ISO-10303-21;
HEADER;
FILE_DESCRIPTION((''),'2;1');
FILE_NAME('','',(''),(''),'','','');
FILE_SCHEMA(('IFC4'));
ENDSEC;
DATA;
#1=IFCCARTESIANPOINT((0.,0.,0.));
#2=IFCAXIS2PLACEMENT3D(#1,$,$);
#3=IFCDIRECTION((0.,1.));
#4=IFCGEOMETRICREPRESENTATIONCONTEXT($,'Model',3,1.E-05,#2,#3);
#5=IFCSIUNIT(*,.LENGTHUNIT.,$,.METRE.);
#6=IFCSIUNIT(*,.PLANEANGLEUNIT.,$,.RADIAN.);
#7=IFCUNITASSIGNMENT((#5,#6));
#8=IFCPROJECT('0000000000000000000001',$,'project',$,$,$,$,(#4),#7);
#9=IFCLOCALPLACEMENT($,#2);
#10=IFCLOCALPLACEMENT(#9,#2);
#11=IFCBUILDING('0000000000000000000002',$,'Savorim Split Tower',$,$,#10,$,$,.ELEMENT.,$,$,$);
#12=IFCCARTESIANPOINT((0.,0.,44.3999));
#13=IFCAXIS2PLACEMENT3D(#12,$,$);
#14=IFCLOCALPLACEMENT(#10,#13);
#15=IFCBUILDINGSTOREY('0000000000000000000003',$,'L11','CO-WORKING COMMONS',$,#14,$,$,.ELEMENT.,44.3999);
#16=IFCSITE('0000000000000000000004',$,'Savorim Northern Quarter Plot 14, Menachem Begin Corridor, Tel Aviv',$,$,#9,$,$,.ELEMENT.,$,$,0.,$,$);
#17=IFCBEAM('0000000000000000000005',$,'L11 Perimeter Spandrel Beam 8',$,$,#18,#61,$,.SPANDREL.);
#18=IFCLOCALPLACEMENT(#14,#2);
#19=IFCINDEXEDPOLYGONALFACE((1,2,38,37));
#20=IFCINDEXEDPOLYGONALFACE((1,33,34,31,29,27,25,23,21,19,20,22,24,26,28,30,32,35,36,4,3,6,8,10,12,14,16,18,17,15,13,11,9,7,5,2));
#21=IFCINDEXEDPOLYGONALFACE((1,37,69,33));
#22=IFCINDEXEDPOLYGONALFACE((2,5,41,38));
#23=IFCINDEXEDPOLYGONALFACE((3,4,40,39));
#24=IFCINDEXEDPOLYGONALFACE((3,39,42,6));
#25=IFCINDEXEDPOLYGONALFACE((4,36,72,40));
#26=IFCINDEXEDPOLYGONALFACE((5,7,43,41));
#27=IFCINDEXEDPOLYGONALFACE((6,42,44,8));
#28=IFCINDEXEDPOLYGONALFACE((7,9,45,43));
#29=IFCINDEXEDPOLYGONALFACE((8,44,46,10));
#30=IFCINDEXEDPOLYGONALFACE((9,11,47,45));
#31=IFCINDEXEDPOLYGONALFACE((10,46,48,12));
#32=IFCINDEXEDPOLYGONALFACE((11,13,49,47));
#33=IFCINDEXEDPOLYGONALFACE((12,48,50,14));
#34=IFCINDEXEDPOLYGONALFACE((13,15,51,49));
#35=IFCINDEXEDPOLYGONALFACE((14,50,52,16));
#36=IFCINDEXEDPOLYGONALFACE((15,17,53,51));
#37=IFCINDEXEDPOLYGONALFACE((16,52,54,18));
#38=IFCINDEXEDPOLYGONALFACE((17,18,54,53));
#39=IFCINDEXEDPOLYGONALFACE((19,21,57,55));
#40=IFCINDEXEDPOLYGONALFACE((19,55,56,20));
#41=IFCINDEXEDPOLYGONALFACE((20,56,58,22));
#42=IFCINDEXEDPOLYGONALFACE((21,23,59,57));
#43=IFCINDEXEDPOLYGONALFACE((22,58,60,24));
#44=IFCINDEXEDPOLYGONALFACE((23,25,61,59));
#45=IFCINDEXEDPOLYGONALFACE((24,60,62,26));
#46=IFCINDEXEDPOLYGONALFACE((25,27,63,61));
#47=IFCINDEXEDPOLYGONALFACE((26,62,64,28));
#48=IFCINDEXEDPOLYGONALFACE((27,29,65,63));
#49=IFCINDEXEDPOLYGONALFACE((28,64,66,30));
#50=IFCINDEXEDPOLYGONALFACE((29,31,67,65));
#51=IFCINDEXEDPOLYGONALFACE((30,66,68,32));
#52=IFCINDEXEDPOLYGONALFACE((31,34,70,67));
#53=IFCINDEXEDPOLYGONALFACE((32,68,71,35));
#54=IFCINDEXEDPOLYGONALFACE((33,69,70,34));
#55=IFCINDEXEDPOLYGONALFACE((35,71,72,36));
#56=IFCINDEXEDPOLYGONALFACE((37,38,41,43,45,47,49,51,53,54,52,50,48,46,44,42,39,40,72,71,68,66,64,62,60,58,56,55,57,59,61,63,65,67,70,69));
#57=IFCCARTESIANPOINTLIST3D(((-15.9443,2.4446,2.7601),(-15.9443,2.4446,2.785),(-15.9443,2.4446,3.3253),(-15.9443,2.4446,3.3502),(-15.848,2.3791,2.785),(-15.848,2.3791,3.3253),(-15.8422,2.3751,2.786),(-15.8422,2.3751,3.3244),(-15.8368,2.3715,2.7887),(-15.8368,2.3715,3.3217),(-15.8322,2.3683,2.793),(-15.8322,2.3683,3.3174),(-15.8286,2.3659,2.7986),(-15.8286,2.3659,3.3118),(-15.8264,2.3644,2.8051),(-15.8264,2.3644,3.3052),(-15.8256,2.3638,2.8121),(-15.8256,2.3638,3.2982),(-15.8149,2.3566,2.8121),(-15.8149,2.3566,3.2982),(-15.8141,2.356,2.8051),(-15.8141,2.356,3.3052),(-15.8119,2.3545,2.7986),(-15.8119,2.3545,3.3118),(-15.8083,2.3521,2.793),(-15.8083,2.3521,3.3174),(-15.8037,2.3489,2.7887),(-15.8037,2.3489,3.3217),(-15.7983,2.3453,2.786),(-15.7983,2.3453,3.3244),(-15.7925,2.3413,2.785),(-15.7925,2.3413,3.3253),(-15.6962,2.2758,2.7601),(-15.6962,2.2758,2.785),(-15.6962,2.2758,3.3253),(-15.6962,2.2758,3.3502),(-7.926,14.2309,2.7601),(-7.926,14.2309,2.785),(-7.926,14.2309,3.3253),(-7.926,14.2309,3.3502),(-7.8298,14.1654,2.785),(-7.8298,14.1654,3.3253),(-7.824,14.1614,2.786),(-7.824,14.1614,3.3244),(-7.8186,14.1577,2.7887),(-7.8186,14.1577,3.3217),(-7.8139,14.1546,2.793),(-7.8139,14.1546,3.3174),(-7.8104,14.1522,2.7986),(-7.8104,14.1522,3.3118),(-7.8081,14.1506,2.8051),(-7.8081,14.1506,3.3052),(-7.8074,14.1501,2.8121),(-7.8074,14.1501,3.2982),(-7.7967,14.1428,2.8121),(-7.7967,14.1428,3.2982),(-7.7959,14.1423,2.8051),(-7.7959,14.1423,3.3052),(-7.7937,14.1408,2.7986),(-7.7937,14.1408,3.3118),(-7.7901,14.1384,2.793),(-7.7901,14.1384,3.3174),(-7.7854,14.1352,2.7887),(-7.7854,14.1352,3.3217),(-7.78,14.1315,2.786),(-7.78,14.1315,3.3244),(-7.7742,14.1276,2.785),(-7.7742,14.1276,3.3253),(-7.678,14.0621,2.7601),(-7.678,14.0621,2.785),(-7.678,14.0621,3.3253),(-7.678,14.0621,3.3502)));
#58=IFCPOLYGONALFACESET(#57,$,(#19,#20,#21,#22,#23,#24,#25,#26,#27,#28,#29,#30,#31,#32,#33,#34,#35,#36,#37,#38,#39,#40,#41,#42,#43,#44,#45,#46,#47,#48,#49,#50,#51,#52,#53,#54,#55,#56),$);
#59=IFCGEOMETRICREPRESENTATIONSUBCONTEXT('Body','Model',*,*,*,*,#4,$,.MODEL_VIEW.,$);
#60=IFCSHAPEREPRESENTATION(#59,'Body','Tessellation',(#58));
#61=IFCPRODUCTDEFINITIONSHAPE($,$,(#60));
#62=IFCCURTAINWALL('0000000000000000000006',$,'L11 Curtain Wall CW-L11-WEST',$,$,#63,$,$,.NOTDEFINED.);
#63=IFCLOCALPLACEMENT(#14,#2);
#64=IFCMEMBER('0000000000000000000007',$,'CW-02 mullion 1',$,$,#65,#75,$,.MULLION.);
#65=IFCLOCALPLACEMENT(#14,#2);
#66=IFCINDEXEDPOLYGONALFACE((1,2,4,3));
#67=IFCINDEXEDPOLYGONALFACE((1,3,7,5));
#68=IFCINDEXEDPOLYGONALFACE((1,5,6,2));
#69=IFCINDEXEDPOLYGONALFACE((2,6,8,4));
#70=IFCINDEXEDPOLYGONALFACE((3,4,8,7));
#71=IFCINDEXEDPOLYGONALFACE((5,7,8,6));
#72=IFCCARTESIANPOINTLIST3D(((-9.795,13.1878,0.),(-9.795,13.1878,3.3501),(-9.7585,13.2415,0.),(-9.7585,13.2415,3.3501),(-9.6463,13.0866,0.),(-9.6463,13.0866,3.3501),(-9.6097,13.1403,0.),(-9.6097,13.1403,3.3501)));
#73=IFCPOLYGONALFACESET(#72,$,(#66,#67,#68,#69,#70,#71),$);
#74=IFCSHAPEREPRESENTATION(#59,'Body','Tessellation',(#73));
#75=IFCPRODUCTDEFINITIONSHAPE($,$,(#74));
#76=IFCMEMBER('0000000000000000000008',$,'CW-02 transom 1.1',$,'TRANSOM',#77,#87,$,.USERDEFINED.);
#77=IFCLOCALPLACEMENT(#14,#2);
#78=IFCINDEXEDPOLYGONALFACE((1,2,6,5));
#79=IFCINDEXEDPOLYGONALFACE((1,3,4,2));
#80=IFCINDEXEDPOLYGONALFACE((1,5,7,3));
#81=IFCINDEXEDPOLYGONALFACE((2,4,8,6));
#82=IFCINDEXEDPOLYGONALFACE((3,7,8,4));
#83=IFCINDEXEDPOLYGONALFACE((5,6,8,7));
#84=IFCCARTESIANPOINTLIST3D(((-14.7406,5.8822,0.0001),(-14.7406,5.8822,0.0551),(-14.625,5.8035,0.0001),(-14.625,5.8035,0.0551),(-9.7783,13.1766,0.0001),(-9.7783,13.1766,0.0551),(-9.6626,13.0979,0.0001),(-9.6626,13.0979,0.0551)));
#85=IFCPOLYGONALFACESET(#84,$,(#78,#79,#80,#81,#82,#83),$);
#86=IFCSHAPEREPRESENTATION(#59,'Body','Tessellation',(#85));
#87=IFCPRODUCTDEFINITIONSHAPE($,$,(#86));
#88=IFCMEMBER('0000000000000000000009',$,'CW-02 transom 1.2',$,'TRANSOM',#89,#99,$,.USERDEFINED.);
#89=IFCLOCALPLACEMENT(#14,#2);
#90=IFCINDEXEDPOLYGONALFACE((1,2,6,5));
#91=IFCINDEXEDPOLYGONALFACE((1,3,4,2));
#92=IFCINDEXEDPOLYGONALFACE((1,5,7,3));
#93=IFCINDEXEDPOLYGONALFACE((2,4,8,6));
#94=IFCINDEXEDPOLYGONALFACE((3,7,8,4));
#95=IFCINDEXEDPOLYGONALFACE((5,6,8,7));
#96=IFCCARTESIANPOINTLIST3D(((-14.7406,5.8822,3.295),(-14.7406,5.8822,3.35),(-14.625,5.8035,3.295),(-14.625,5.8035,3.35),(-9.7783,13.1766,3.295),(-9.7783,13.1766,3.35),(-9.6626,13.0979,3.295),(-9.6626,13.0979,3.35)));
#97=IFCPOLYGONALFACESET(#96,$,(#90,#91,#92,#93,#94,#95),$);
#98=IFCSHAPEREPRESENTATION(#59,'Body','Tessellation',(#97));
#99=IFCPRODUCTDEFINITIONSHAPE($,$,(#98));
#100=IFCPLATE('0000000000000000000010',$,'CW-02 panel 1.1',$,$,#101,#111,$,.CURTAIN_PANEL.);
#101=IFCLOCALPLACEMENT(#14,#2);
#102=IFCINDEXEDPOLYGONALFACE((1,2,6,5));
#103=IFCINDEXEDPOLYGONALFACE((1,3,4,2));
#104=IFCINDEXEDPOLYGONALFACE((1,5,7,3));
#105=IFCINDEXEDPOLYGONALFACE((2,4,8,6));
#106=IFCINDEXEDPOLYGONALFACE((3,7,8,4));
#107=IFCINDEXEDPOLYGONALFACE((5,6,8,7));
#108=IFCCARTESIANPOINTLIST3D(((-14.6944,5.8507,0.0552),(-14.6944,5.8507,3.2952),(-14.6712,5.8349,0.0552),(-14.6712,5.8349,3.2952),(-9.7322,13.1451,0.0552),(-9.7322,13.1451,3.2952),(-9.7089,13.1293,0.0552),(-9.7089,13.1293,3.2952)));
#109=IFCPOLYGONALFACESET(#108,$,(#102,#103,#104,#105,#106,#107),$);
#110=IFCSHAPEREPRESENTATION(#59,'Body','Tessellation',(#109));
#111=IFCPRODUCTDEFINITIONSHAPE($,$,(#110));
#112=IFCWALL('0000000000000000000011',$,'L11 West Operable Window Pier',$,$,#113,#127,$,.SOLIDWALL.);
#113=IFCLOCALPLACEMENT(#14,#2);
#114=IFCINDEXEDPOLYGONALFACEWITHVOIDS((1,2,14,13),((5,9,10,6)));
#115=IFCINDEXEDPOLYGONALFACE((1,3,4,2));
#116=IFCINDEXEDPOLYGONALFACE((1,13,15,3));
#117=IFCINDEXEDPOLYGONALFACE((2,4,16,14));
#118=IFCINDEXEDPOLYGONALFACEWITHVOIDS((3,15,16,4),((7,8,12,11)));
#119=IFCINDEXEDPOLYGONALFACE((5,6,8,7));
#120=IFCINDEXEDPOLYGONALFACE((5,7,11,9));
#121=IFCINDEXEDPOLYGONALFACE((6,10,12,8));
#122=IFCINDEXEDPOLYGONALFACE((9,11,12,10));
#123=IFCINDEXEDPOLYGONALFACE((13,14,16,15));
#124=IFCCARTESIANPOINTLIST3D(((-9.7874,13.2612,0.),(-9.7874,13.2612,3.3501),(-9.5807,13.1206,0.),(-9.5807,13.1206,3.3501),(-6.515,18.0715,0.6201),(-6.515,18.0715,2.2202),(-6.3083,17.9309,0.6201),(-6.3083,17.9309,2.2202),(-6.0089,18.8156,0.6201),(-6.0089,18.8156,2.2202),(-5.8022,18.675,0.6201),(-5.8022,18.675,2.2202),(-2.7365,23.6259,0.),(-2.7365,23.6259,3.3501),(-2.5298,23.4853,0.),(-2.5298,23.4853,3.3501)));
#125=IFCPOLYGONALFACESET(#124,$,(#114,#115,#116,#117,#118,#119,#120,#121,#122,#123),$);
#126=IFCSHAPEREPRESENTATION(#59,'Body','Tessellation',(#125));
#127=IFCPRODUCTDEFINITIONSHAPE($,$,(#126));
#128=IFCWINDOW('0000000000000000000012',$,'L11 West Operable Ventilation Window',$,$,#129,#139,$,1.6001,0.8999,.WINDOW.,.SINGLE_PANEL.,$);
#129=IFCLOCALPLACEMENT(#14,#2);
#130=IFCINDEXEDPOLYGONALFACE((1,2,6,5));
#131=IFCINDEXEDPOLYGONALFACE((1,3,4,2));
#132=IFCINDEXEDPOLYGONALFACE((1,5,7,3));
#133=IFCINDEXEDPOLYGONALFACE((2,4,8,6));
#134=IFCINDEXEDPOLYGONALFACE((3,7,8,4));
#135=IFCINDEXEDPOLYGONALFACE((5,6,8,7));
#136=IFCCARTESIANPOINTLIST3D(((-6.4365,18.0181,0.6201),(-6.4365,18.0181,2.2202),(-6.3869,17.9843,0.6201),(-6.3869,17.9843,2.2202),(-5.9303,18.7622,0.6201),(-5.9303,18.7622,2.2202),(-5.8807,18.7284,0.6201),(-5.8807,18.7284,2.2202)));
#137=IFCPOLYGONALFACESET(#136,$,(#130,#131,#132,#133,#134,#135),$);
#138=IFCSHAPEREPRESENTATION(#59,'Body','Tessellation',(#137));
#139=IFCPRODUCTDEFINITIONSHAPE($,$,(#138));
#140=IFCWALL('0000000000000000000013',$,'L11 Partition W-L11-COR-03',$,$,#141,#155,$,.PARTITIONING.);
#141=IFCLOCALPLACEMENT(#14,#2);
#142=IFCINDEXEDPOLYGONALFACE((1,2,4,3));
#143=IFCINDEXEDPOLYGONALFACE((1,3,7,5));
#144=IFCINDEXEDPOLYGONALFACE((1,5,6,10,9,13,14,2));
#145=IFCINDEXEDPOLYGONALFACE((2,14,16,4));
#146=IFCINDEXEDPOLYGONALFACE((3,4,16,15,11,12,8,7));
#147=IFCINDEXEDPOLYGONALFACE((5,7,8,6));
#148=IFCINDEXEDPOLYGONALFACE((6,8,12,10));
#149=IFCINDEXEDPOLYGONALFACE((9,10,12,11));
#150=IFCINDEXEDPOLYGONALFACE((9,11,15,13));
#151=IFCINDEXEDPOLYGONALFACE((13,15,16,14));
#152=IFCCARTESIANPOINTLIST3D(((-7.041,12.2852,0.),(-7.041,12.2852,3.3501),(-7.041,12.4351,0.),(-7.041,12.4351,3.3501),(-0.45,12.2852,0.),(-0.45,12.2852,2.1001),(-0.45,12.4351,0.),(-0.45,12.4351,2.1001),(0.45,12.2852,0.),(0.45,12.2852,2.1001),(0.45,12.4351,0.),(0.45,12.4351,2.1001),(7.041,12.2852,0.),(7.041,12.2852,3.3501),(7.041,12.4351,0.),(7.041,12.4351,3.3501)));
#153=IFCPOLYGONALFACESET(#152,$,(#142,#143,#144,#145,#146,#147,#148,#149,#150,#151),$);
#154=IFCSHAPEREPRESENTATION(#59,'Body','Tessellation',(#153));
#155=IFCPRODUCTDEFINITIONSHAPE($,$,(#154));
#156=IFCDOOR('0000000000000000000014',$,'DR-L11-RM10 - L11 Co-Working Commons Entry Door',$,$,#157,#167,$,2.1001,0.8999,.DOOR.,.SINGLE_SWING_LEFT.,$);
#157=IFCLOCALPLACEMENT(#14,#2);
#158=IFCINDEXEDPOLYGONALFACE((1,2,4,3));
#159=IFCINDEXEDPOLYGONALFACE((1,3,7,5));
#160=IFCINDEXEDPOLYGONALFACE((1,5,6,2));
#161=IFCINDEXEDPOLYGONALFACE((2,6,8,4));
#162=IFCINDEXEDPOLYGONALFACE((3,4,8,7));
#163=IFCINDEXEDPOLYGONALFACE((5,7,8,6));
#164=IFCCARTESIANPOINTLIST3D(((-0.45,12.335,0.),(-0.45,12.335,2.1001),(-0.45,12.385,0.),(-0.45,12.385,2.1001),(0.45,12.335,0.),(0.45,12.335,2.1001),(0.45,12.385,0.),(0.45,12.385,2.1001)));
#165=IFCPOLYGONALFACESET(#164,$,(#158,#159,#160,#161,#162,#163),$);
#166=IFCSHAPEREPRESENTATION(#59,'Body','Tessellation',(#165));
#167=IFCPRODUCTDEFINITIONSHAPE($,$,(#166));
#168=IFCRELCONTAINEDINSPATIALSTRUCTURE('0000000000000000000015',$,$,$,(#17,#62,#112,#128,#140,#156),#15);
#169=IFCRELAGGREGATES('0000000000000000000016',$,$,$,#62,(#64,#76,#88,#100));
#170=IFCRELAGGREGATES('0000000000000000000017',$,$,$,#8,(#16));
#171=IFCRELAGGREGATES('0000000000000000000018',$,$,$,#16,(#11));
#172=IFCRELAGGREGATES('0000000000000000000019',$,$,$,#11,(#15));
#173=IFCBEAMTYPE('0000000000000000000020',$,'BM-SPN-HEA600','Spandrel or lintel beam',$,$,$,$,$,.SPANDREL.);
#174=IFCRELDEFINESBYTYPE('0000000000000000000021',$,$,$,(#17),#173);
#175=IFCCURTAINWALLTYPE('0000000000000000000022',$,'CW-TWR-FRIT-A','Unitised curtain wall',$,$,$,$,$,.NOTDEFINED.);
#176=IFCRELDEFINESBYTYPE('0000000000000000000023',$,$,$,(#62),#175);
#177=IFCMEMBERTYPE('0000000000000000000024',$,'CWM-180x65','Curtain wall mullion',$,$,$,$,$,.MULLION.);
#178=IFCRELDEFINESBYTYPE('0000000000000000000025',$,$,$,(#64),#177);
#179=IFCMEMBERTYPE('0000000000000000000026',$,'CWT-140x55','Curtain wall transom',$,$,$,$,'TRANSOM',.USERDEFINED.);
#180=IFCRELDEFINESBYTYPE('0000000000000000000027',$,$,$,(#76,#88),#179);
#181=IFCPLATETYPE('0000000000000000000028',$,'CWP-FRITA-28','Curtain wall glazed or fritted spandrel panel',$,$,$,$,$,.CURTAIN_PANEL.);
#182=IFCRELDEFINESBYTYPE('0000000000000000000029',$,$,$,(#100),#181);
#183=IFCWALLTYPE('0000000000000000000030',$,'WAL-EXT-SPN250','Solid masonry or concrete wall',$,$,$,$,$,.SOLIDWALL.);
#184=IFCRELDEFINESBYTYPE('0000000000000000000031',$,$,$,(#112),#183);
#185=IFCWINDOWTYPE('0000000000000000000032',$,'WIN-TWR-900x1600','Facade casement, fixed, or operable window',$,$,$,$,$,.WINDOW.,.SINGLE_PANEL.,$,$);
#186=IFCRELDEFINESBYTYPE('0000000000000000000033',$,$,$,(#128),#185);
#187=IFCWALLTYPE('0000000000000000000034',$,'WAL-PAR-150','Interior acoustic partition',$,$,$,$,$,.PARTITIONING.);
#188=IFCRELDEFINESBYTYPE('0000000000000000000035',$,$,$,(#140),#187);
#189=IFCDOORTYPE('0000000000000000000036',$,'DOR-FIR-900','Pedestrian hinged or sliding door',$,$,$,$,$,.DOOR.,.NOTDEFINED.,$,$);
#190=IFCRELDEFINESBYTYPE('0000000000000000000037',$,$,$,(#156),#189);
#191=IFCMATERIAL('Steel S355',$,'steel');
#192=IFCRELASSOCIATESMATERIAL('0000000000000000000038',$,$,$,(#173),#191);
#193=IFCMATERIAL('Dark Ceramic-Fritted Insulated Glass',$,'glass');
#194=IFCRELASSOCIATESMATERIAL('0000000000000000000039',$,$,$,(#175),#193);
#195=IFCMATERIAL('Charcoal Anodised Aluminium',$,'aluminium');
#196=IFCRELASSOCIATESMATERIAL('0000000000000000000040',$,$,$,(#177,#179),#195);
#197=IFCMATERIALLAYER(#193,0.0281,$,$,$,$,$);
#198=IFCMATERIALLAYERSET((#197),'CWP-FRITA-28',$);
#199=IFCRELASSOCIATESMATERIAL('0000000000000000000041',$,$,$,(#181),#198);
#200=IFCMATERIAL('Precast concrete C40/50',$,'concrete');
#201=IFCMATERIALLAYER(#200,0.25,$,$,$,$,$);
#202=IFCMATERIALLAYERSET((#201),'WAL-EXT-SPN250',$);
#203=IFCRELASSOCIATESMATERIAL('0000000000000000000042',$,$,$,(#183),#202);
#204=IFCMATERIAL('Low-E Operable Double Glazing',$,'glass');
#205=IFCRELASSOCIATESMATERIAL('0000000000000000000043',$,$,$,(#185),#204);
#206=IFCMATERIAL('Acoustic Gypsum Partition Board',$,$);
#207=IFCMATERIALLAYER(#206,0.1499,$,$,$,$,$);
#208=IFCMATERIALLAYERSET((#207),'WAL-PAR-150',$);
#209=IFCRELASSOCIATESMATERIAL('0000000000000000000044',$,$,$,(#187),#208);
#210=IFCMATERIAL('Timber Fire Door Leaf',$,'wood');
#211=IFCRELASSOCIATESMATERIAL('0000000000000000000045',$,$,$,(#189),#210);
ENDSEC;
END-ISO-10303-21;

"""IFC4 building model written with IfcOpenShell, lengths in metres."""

from ifc_helpers import new_model, si_unit, direction, frame, frame_2d, origin, origin_2d, place, context, subcontext, project, spatial, rectangle, i_section, extrude, material, layer, layer_set, material_profile, profile_set, type_object, element, fill, aggregate, save


model = new_model("IFC4")

# Units and contexts
model_context = context("Model", 3, precision=1e-05, world=origin(), true_north=direction((0.0, 1.0)))
body_context = subcontext(model_context, "Body", "Model", "MODEL_VIEW")
ifc_project = project(units=[si_unit("LENGTHUNIT", "METRE"), si_unit("PLANEANGLEUNIT", "RADIAN")], contexts=[model_context])

# Site, building, storey
site_placement = place(None, origin())
site = spatial("IfcSite", under=ifc_project, at=site_placement, Name="Savorim Northern Quarter Plot 14, Menachem Begin Corridor, Tel Aviv", CompositionType="ELEMENT", RefElevation=0.0)
building_placement = place(site_placement, origin())
building = spatial("IfcBuilding", under=site, at=building_placement, Name="Savorim Split Tower", CompositionType="ELEMENT")
storey_placement = place(building_placement, frame((0.0, 0.0, 44.3999)))
storey = spatial("IfcBuildingStorey", under=building, at=storey_placement, Name="L11", Description="CO-WORKING COMMONS", CompositionType="ELEMENT", Elevation=44.3999)

# Beam
ifc_material_1 = material(Name="Steel S355", Category="steel")
ifc_material_profile_1 = material_profile(ifc_material_1, i_section(OverallWidth=0.3, OverallDepth=0.5901, WebThickness=0.0129, FlangeThickness=0.0249, FilletRadius=0.0271, at=origin_2d()), Name="HEA 600")
ifc_profile_set_1 = profile_set([ifc_material_profile_1], Name="Steel S355")
beam_type_1 = type_object("IfcBeamType", Name="BM-SPN-HEA600", Description="Spandrel or lintel beam", PredefinedType="SPANDREL", material=ifc_profile_set_1)
beam_1_placement = place(storey_placement, frame((-7.802, 14.1465, 3.0552), z_axis=(-0.562481, -0.82681, 0.0), x_axis=(0.82681, -0.562481, 0.0)))
element("IfcBeam", 1, at=beam_1_placement, inside=storey, type_object=beam_type_1, Name="L11 Perimeter Spandrel Beam 8", PredefinedType="SPANDREL", context=body_context, shape_type="SweptSolid", body=[
    extrude(i_section(OverallWidth=0.3, OverallDepth=0.5901, WebThickness=0.0129, FlangeThickness=0.0249, FilletRadius=0.0271, at=origin_2d()), origin(), (0.0, 0.0, 1.0), 14.2551),
])

# Curtain wall, members, plate
ifc_material_2 = material(Name="Dark Ceramic-Fritted Insulated Glass", Category="glass")
curtain_wall_type = type_object("IfcCurtainWallType", Name="CW-TWR-FRIT-A", Description="Unitised curtain wall", PredefinedType="NOTDEFINED", material=ifc_material_2)
curtain_wall_placement = place(storey_placement, origin())
curtain_wall = element("IfcCurtainWall", 2, at=curtain_wall_placement, inside=storey, type_object=curtain_wall_type, Name="L11 Curtain Wall CW-L11-WEST", PredefinedType="NOTDEFINED")
ifc_material_3 = material(Name="Charcoal Anodised Aluminium", Category="aluminium")
ifc_material_profile_2 = material_profile(ifc_material_3, rectangle(XDim=0.1799, YDim=0.0649, at=origin_2d()), Name="ALU-M 180x65")
ifc_profile_set_2 = profile_set([ifc_material_profile_2], Name="Charcoal Anodised Aluminium")
member_type_1 = type_object("IfcMemberType", Name="CWM-180x65", Description="Curtain wall mullion", PredefinedType="MULLION", material=ifc_profile_set_2)
member_1_placement = place(storey_placement, frame((-9.7024, 13.1641, 0.0), z_axis=(0.0, 0.0, 1.0), x_axis=(0.826821, -0.562465, 0.0)))
member_1 = element("IfcMember", 3, at=member_1_placement, type_object=member_type_1, Name="CW-02 mullion 1", PredefinedType="MULLION", context=body_context, shape_type="SweptSolid", body=[
    extrude(rectangle(XDim=0.1799, YDim=0.0649, at=origin_2d()), origin(), (0.0, 0.0, 1.0), 3.3501),
])
ifc_material_profile_3 = material_profile(ifc_material_3, rectangle(XDim=0.1399, YDim=0.0549, at=origin_2d()), Name="ALU-T 140x55")
ifc_profile_set_3 = profile_set([ifc_material_profile_3], Name="Charcoal Anodised Aluminium")
member_type_2 = type_object("IfcMemberType", Name="CWT-140x55", Description="Curtain wall transom", ElementType="TRANSOM", PredefinedType="USERDEFINED", material=ifc_profile_set_3)
member_2_placement = place(storey_placement, frame((-9.7205, 13.1372, 0.0276), z_axis=(-0.56248, -0.826811, 0.0), x_axis=(0.826811, -0.56248, 0.0)))
member_2 = element("IfcMember", 4, at=member_2_placement, type_object=member_type_2, Name="CW-02 transom 1.1", ObjectType="TRANSOM", PredefinedType="USERDEFINED", context=body_context, shape_type="SweptSolid", body=[
    extrude(rectangle(XDim=0.1399, YDim=0.0549, at=origin_2d()), origin(), (0.0, 0.0, 1.0), 8.8223),
])
member_3_placement = place(storey_placement, frame((-9.7205, 13.1372, 3.3225), z_axis=(-0.56248, -0.826811, 0.0), x_axis=(0.826811, -0.56248, 0.0)))
member_3 = element("IfcMember", 5, at=member_3_placement, type_object=member_type_2, Name="CW-02 transom 1.2", ObjectType="TRANSOM", PredefinedType="USERDEFINED", context=body_context, shape_type="SweptSolid", body=[
    extrude(rectangle(XDim=0.1399, YDim=0.0549, at=origin_2d()), origin(), (0.0, 0.0, 1.0), 8.8223),
])
ifc_layer_1 = layer(ifc_material_2, 0.0281)
ifc_layer_set_1 = layer_set([ifc_layer_1], Name="CWP-FRITA-28")
plate_type = type_object("IfcPlateType", Name="CWP-FRITA-28", Description="Curtain wall glazed or fritted spandrel panel", PredefinedType="CURTAIN_PANEL", material=ifc_layer_set_1)
plate_placement = place(storey_placement, frame((-12.2017, 9.49, 0.0552), z_axis=(0.0, 0.0, 1.0), x_axis=(-0.562465, -0.826821, 0.0)))
plate = element("IfcPlate", 6, at=plate_placement, type_object=plate_type, Name="CW-02 panel 1.1", PredefinedType="CURTAIN_PANEL", context=body_context, shape_type="SweptSolid", body=[
    extrude(rectangle(XDim=8.8223, YDim=0.0281, at=origin_2d()), origin(), (0.0, 0.0, 1.0), 3.24),
])
aggregate(curtain_wall, [member_1, member_2, member_3, plate])

# Shared definitions
ifc_material_4 = material(Name="Precast concrete C40/50", Category="concrete")

# Wall, opening, window
ifc_layer_2 = layer(ifc_material_4, 0.25)
ifc_layer_set_2 = layer_set([ifc_layer_2], Name="WAL-EXT-SPN250")
wall_type_1 = type_object("IfcWallType", Name="WAL-EXT-SPN250", Description="Solid masonry or concrete wall", PredefinedType="SOLIDWALL", material=ifc_layer_set_2)
wall_1_placement = place(storey_placement, frame((-9.6841, 13.1909, 0.0), z_axis=(0.0, 0.0, 1.0), x_axis=(0.562474, 0.826815, 0.0)))
wall_1 = element("IfcWall", 7, at=wall_1_placement, inside=storey, type_object=wall_type_1, Name="L11 West Operable Window Pier", PredefinedType="SOLIDWALL", context=body_context, shape_type="SweptSolid", body=[
    extrude(rectangle(XDim=12.5356, YDim=0.25, at=frame_2d((6.2678, 0.0))), origin(), (0.0, 0.0, 1.0), 3.3501),
])
opening_1_placement = place(wall_1_placement, frame((5.8179, 0.0, 0.6201)))
opening_1 = element("IfcOpeningElement", 8, at=opening_1_placement, cuts=wall_1, PredefinedType="OPENING", context=body_context, shape_type="SweptSolid", body=[
    extrude(rectangle(XDim=0.8999, YDim=1.6001, at=frame_2d((0.45, 0.8))), frame((0.0, 0.135, 0.0), z_axis=(0.0, -1.0, 0.0), x_axis=(1.0, 0.0, 0.0)), (0.0, 0.0, 1.0), 0.27),
])
ifc_material_5 = material(Name="Low-E Operable Double Glazing", Category="glass")
window_type = type_object("IfcWindowType", Name="WIN-TWR-900x1600", Description="Facade casement, fixed, or operable window", PartitioningType="SINGLE_PANEL", PredefinedType="WINDOW", material=ifc_material_5)
window_placement = place(opening_1_placement, origin())
window = element("IfcWindow", 9, at=window_placement, inside=storey, type_object=window_type, Name="L11 West Operable Ventilation Window", OverallHeight=1.6001, OverallWidth=0.8999, PartitioningType="SINGLE_PANEL", PredefinedType="WINDOW", context=body_context, shape_type="SweptSolid", body=[
    extrude(rectangle(XDim=0.8999, YDim=1.6001, at=frame_2d((0.45, 0.8))), frame((0.0, 0.03, 0.0), z_axis=(0.0, -1.0, 0.0), x_axis=(1.0, 0.0, 0.0)), (0.0, 0.0, 1.0), 0.0601),
])
fill(opening_1, window)

# Wall, opening, door
ifc_material_6 = material(Name="Acoustic Gypsum Partition Board")
ifc_layer_3 = layer(ifc_material_6, 0.1499)
ifc_layer_set_3 = layer_set([ifc_layer_3], Name="WAL-PAR-150")
wall_type_2 = type_object("IfcWallType", Name="WAL-PAR-150", Description="Interior acoustic partition", PredefinedType="PARTITIONING", material=ifc_layer_set_3)
wall_2_placement = place(storey_placement, frame((-7.041, 12.3601, 0.0), z_axis=(0.0, 0.0, 1.0), x_axis=(1.0, 0.0, 0.0)))
wall_2 = element("IfcWall", 10, at=wall_2_placement, inside=storey, type_object=wall_type_2, Name="L11 Partition W-L11-COR-03", PredefinedType="PARTITIONING", context=body_context, shape_type="SweptSolid", body=[
    extrude(rectangle(XDim=14.082, YDim=0.1499, at=frame_2d((7.041, 0.0))), origin(), (0.0, 0.0, 1.0), 3.3501),
])
opening_2_placement = place(wall_2_placement, frame((6.5911, 0.0, 0.0)))
opening_2 = element("IfcOpeningElement", 11, at=opening_2_placement, cuts=wall_2, PredefinedType="OPENING", context=body_context, shape_type="SweptSolid", body=[
    extrude(rectangle(XDim=0.8999, YDim=2.1001, at=frame_2d((0.45, 1.05))), frame((0.0, 0.085, 0.0), z_axis=(0.0, -1.0, 0.0), x_axis=(1.0, 0.0, 0.0)), (0.0, 0.0, 1.0), 0.1699),
])
ifc_material_7 = material(Name="Timber Fire Door Leaf", Category="wood")
door_type_1 = type_object("IfcDoorType", Name="DOR-FIR-900", Description="Pedestrian hinged or sliding door", OperationType="NOTDEFINED", PredefinedType="DOOR", material=ifc_material_7)
door_1_placement = place(opening_2_placement, origin())
door_1 = element("IfcDoor", 12, at=door_1_placement, inside=storey, type_object=door_type_1, Name="DR-L11-RM10 - L11 Co-Working Commons Entry Door", OperationType="SINGLE_SWING_LEFT", OverallHeight=2.1001, OverallWidth=0.8999, PredefinedType="DOOR", context=body_context, shape_type="SweptSolid", body=[
    extrude(rectangle(XDim=0.8999, YDim=2.1001, at=frame_2d((0.45, 1.05))), frame((0.0, 0.0249, 0.0), z_axis=(0.0, -1.0, 0.0), x_axis=(1.0, 0.0, 0.0)), (0.0, 0.0, 1.0), 0.05),
])
fill(opening_2, door_1)

save(model, "model.ifc")
